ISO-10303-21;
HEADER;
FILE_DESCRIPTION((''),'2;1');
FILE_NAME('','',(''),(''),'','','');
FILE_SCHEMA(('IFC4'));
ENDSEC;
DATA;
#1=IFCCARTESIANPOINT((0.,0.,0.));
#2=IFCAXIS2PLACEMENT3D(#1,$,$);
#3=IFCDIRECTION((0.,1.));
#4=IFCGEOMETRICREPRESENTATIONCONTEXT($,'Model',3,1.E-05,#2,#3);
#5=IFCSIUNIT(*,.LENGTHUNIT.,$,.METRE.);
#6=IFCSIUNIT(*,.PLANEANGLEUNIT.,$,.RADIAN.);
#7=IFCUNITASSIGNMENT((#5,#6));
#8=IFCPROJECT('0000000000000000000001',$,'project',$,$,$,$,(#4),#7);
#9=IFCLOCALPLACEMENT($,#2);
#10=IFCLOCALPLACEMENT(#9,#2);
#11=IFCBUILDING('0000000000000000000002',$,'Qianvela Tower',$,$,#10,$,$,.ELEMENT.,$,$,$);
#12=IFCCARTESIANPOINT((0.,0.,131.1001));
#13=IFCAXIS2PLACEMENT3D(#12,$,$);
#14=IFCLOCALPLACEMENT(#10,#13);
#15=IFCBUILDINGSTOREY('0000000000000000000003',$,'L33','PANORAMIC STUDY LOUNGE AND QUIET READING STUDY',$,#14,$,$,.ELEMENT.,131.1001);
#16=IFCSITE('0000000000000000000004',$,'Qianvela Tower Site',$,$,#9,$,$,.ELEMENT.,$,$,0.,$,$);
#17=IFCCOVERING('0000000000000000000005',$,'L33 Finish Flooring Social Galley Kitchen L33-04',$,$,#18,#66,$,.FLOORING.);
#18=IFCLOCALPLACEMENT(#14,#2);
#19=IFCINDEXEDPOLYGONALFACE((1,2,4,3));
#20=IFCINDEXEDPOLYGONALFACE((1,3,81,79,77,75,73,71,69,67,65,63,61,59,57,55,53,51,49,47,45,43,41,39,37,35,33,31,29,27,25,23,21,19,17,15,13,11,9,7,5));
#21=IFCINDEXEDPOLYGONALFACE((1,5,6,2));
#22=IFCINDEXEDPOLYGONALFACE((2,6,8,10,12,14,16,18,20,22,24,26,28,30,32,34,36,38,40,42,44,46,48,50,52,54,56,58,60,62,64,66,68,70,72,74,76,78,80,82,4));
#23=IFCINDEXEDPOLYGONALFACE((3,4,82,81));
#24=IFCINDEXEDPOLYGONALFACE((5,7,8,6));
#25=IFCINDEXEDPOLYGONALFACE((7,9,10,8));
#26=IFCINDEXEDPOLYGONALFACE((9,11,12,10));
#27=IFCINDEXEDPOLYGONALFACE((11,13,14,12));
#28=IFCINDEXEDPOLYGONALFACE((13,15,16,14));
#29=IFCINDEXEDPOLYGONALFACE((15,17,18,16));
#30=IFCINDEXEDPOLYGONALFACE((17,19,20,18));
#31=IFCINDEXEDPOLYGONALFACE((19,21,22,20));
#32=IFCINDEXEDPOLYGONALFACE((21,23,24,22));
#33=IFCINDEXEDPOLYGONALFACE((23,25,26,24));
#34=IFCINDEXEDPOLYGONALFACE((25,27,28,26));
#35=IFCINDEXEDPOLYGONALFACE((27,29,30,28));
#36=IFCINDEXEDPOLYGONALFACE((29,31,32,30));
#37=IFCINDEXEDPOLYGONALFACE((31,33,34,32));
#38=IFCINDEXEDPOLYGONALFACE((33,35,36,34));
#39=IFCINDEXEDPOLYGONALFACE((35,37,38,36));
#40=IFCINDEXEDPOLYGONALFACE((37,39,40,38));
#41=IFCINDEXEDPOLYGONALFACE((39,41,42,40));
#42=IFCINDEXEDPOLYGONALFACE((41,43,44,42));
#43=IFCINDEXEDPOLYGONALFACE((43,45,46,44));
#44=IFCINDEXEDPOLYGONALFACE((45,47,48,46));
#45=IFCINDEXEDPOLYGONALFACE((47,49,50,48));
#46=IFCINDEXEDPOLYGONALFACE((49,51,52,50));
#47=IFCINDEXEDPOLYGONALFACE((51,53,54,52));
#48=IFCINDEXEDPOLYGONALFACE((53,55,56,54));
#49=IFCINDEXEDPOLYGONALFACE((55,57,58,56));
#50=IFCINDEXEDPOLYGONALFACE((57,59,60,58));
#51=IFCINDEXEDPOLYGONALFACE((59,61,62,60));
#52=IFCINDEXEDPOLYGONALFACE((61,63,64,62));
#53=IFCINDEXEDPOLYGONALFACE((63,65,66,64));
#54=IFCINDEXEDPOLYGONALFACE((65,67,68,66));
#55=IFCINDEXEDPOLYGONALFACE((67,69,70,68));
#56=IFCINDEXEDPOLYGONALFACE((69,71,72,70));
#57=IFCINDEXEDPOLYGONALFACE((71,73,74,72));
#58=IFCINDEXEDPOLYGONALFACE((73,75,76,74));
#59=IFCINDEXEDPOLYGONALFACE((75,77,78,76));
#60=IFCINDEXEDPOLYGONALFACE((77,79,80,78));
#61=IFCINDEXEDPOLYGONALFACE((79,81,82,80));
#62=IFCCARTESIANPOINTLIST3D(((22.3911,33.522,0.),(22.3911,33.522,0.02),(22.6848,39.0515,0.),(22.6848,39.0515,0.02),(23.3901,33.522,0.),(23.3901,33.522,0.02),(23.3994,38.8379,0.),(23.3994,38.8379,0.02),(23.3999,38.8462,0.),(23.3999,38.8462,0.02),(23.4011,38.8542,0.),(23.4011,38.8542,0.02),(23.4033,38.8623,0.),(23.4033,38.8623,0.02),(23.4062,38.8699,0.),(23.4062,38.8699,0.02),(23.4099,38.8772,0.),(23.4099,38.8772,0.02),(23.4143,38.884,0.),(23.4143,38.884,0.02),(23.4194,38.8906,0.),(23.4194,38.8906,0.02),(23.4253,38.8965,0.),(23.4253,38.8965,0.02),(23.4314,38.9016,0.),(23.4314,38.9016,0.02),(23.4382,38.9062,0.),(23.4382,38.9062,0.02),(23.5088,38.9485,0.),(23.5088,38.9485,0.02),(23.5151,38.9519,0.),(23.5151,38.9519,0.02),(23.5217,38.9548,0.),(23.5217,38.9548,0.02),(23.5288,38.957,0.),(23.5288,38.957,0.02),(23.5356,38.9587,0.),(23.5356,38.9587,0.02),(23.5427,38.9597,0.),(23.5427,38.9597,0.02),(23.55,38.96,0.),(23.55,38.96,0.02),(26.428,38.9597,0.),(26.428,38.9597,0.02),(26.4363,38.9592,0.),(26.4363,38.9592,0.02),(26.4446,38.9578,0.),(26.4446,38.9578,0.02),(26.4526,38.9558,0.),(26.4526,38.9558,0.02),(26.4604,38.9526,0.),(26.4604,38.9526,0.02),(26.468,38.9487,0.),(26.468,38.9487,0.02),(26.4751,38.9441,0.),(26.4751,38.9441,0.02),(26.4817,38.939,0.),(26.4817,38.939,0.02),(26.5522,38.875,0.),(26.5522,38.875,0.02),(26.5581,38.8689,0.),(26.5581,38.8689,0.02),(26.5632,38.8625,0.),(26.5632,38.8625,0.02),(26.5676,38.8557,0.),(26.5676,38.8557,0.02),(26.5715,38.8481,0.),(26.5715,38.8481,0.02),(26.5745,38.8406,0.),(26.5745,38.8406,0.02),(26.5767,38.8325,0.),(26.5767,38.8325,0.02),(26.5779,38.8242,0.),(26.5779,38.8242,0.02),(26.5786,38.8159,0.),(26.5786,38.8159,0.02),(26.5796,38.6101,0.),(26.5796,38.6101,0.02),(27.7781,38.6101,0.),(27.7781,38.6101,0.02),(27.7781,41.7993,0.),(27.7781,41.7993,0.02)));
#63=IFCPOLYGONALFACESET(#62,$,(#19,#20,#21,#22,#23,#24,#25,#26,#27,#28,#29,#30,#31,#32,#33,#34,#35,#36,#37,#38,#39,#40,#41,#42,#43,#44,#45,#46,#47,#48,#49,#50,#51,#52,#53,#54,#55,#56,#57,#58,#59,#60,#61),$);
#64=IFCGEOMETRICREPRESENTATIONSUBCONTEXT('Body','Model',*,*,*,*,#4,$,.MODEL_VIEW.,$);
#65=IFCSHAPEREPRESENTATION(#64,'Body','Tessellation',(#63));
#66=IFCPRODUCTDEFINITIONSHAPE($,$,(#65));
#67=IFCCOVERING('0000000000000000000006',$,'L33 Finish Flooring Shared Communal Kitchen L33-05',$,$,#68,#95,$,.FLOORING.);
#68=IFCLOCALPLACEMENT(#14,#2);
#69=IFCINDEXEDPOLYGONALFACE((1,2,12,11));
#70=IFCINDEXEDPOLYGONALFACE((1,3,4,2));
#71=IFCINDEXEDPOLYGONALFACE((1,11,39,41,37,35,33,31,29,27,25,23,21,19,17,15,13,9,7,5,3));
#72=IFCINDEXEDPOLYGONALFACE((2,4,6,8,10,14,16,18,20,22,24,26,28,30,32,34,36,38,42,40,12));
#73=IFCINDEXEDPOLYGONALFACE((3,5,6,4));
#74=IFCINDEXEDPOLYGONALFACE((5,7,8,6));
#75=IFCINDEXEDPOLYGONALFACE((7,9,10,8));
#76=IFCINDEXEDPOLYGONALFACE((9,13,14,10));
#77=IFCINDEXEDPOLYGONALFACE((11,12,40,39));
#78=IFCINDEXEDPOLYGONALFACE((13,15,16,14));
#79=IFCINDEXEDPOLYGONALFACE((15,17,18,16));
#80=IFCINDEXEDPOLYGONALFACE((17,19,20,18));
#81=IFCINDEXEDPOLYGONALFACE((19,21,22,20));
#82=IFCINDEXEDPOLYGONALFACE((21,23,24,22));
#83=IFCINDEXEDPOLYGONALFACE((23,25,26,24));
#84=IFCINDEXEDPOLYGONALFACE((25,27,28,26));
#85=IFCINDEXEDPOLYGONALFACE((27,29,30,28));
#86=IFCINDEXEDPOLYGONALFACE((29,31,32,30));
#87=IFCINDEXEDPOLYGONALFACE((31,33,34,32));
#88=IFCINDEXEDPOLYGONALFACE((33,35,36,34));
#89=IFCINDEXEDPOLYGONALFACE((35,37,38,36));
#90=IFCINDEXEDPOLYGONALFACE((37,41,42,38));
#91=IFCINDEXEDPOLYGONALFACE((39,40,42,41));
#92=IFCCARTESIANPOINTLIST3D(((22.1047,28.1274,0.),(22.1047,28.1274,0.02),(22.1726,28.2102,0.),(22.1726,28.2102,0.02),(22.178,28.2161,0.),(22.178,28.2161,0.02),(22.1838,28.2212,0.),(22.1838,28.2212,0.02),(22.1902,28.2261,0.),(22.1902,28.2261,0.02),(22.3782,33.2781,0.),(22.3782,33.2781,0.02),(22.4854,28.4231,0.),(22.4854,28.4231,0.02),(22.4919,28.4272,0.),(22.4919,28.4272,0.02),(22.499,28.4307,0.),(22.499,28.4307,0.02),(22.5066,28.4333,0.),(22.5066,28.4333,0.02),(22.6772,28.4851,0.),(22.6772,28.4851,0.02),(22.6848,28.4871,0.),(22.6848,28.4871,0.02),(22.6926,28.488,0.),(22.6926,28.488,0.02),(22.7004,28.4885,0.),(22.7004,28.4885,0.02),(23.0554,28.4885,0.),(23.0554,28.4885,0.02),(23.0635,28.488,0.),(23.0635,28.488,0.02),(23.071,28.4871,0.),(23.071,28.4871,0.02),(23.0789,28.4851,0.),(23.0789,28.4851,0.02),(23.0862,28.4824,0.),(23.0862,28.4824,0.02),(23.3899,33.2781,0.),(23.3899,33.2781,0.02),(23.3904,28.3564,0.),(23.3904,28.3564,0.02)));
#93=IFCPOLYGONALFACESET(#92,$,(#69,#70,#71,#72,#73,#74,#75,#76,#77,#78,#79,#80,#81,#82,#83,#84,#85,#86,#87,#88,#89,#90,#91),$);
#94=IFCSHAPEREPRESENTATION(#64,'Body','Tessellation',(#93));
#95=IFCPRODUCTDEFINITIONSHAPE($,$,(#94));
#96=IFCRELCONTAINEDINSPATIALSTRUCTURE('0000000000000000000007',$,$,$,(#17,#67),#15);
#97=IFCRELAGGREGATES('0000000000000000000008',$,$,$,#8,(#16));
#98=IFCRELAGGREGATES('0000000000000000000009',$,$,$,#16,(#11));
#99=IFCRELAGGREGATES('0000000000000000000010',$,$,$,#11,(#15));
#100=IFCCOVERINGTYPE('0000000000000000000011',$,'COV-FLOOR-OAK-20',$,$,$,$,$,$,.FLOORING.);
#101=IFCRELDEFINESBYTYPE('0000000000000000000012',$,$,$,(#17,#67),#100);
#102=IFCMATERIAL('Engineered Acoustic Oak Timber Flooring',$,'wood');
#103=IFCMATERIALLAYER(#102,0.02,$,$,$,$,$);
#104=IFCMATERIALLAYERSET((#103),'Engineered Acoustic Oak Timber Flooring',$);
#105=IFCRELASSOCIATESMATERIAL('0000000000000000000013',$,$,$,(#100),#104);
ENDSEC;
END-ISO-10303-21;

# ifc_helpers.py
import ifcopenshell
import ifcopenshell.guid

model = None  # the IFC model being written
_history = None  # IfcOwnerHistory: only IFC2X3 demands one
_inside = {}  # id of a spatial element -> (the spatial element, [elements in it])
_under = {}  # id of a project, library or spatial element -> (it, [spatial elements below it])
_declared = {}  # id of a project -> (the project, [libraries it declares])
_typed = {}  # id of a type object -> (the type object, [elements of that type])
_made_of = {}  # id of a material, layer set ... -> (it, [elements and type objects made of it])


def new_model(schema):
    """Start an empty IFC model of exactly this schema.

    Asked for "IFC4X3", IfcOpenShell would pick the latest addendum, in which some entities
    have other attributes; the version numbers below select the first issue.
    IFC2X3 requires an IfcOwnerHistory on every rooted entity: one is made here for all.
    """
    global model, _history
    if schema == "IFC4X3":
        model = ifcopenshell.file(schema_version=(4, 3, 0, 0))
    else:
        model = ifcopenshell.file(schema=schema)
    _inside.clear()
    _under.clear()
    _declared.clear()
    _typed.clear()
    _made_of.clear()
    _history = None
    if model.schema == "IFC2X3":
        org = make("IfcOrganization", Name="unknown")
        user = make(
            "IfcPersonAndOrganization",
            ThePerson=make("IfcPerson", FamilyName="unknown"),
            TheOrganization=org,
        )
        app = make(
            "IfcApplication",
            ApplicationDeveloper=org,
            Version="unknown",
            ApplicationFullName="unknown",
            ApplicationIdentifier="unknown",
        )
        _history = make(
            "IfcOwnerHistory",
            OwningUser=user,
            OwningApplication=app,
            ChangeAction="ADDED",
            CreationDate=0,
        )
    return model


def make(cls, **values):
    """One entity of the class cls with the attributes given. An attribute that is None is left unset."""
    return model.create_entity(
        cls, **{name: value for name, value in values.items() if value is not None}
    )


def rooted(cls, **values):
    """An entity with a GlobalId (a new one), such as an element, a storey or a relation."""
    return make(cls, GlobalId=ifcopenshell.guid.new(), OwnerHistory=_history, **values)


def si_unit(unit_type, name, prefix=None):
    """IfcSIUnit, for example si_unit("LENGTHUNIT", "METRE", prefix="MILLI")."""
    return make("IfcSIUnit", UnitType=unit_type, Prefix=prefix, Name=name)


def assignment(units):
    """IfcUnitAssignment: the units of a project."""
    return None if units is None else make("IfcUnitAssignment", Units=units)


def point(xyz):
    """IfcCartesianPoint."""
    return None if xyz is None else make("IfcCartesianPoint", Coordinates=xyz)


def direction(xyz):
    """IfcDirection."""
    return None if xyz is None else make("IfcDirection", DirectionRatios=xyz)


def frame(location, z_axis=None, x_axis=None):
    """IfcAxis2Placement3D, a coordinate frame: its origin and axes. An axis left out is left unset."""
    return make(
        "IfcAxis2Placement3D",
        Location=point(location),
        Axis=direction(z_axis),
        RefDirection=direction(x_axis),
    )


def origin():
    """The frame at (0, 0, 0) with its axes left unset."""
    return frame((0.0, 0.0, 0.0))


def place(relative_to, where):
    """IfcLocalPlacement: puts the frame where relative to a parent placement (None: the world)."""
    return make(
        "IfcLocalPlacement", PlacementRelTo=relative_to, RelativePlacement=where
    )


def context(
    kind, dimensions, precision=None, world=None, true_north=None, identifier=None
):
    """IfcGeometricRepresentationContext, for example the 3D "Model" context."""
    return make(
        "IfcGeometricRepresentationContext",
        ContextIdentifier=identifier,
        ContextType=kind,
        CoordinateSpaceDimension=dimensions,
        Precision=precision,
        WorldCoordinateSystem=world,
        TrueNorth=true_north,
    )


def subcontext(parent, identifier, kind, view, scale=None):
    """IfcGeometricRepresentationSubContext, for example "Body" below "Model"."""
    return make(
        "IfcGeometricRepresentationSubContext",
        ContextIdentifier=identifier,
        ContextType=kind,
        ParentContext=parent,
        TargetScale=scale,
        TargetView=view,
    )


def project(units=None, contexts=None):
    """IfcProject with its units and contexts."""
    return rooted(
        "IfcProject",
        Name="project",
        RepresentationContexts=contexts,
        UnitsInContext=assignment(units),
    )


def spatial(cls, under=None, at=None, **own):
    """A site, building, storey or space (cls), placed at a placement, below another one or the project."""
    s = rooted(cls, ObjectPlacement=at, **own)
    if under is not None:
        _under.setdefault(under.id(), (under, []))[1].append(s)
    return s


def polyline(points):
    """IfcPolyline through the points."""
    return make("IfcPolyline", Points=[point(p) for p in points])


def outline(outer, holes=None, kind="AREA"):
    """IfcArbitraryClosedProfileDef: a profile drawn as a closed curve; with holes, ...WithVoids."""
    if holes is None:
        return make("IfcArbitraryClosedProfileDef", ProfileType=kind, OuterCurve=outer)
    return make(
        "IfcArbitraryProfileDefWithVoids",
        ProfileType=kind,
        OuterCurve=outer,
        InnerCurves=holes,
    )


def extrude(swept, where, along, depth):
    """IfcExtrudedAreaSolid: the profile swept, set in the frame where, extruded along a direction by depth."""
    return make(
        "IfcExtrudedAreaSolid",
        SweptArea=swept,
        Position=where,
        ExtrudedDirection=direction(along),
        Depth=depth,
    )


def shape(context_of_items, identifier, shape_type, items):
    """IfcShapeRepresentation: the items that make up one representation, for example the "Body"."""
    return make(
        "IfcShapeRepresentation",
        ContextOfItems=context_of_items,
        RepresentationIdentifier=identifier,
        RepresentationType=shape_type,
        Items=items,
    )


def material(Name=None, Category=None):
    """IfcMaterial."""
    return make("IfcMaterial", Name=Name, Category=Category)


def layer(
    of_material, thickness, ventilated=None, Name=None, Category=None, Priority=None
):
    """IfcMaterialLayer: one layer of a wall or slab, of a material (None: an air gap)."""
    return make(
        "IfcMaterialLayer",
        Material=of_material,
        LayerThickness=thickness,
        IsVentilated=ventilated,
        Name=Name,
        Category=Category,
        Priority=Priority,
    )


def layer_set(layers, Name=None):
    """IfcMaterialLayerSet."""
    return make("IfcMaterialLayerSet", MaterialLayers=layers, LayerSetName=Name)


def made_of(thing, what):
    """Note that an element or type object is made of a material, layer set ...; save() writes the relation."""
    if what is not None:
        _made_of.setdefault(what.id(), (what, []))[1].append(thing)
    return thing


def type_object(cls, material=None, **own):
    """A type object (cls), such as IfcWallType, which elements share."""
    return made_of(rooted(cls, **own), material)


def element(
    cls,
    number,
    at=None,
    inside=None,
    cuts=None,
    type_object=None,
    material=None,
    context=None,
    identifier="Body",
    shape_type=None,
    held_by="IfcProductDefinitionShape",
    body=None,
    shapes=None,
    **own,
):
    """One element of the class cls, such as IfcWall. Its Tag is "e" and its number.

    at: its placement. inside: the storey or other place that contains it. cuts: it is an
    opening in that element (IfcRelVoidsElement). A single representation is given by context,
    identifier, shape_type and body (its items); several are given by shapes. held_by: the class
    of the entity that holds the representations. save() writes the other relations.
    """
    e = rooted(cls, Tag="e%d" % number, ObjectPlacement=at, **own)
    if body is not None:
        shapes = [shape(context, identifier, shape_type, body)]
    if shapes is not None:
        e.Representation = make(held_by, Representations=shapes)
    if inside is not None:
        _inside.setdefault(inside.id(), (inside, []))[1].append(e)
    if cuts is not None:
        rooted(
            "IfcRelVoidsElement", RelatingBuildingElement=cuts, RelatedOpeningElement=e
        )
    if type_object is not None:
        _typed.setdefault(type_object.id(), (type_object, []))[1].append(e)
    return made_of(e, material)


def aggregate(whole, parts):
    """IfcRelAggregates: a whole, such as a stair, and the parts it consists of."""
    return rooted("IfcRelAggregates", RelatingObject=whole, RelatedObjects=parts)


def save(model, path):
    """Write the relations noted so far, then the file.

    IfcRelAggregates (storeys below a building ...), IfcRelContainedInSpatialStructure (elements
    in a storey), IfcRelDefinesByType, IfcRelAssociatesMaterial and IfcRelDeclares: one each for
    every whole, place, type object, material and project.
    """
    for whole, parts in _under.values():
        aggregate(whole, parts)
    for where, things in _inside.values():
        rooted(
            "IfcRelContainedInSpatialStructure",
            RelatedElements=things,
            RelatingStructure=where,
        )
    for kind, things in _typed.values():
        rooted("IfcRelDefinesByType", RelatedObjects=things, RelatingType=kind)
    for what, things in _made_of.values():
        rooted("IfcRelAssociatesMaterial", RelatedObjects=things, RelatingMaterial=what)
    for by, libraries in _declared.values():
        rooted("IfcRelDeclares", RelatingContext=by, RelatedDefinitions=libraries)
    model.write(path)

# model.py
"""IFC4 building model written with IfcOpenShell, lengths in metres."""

from ifc_helpers import new_model, si_unit, direction, frame, origin, place, context, subcontext, project, spatial, polyline, outline, extrude, material, layer, layer_set, type_object, element, save


model = new_model("IFC4")

# Units and contexts
model_context = context("Model", 3, precision=1e-05, world=origin(), true_north=direction((0.0, 1.0)))
body_context = subcontext(model_context, "Body", "Model", "MODEL_VIEW")
ifc_project = project(units=[si_unit("LENGTHUNIT", "METRE"), si_unit("PLANEANGLEUNIT", "RADIAN")], contexts=[model_context])

# Site, building, storey
site_placement = place(None, origin())
site = spatial("IfcSite", under=ifc_project, at=site_placement, Name="Qianvela Tower Site", CompositionType="ELEMENT", RefElevation=0.0)
building_placement = place(site_placement, origin())
building = spatial("IfcBuilding", under=site, at=building_placement, Name="Qianvela Tower", CompositionType="ELEMENT")
storey_placement = place(building_placement, frame((0.0, 0.0, 131.1001)))
storey = spatial("IfcBuildingStorey", under=building, at=storey_placement, Name="L33", Description="PANORAMIC STUDY LOUNGE AND QUIET READING STUDY", CompositionType="ELEMENT", Elevation=131.1001)

# Coverings
ifc_material_1 = material(Name="Engineered Acoustic Oak Timber Flooring", Category="wood")
ifc_layer_1 = layer(ifc_material_1, 0.02)
ifc_layer_set_1 = layer_set([ifc_layer_1], Name="Engineered Acoustic Oak Timber Flooring")
covering_type_1 = type_object("IfcCoveringType", Name="COV-FLOOR-OAK-20", PredefinedType="FLOORING", material=ifc_layer_set_1)
covering_1_placement = place(storey_placement, origin())
element("IfcCovering", 1, at=covering_1_placement, inside=storey, type_object=covering_type_1, Name="L33 Finish Flooring Social Galley Kitchen L33-04", PredefinedType="FLOORING", context=body_context, shape_type="SweptSolid", body=[
    extrude(outline(polyline([(27.7781, 41.7993), (27.7781, 38.6101), (26.5796, 38.6101), (26.5786, 38.8159), (26.5779, 38.8242), (26.5767, 38.8325), (26.5745, 38.8406), (26.5715, 38.8481), (26.5676, 38.8557), (26.5632, 38.8625), (26.5581, 38.8689), (26.5522, 38.875), (26.4817, 38.939), (26.4751, 38.9441), (26.468, 38.9487), (26.4604, 38.9526), (26.4526, 38.9558), (26.4446, 38.9578), (26.4363, 38.9592), (26.428, 38.9597), (23.55, 38.96), (23.5427, 38.9597), (23.5356, 38.9587), (23.5288, 38.957), (23.5217, 38.9548), (23.5151, 38.9519), (23.5088, 38.9485), (23.4382, 38.9062), (23.4314, 38.9016), (23.4253, 38.8965), (23.4194, 38.8906), (23.4143, 38.884), (23.4099, 38.8772), (23.4062, 38.8699), (23.4033, 38.8623), (23.4011, 38.8542), (23.3999, 38.8462), (23.3994, 38.8379), (23.3901, 33.522), (22.3911, 33.522), (22.6848, 39.0515), (27.7781, 41.7993)])), origin(), (0.0, 0.0, 1.0), 0.02),
])
covering_2_placement = place(storey_placement, origin())
element("IfcCovering", 2, at=covering_2_placement, inside=storey, type_object=covering_type_1, Name="L33 Finish Flooring Shared Communal Kitchen L33-05", PredefinedType="FLOORING", context=body_context, shape_type="SweptSolid", body=[
    extrude(outline(polyline([(22.1047, 28.1274), (22.3782, 33.2781), (23.3899, 33.2781), (23.3904, 28.3564), (23.0862, 28.4824), (23.0789, 28.4851), (23.071, 28.4871), (23.0635, 28.488), (23.0554, 28.4885), (22.7004, 28.4885), (22.6926, 28.488), (22.6848, 28.4871), (22.6772, 28.4851), (22.5066, 28.4333), (22.499, 28.4307), (22.4919, 28.4272), (22.4854, 28.4231), (22.1902, 28.2261), (22.1838, 28.2212), (22.178, 28.2161), (22.1726, 28.2102), (22.1047, 28.1274)])), origin(), (0.0, 0.0, 1.0), 0.02),
])

save(model, "model.ifc")
